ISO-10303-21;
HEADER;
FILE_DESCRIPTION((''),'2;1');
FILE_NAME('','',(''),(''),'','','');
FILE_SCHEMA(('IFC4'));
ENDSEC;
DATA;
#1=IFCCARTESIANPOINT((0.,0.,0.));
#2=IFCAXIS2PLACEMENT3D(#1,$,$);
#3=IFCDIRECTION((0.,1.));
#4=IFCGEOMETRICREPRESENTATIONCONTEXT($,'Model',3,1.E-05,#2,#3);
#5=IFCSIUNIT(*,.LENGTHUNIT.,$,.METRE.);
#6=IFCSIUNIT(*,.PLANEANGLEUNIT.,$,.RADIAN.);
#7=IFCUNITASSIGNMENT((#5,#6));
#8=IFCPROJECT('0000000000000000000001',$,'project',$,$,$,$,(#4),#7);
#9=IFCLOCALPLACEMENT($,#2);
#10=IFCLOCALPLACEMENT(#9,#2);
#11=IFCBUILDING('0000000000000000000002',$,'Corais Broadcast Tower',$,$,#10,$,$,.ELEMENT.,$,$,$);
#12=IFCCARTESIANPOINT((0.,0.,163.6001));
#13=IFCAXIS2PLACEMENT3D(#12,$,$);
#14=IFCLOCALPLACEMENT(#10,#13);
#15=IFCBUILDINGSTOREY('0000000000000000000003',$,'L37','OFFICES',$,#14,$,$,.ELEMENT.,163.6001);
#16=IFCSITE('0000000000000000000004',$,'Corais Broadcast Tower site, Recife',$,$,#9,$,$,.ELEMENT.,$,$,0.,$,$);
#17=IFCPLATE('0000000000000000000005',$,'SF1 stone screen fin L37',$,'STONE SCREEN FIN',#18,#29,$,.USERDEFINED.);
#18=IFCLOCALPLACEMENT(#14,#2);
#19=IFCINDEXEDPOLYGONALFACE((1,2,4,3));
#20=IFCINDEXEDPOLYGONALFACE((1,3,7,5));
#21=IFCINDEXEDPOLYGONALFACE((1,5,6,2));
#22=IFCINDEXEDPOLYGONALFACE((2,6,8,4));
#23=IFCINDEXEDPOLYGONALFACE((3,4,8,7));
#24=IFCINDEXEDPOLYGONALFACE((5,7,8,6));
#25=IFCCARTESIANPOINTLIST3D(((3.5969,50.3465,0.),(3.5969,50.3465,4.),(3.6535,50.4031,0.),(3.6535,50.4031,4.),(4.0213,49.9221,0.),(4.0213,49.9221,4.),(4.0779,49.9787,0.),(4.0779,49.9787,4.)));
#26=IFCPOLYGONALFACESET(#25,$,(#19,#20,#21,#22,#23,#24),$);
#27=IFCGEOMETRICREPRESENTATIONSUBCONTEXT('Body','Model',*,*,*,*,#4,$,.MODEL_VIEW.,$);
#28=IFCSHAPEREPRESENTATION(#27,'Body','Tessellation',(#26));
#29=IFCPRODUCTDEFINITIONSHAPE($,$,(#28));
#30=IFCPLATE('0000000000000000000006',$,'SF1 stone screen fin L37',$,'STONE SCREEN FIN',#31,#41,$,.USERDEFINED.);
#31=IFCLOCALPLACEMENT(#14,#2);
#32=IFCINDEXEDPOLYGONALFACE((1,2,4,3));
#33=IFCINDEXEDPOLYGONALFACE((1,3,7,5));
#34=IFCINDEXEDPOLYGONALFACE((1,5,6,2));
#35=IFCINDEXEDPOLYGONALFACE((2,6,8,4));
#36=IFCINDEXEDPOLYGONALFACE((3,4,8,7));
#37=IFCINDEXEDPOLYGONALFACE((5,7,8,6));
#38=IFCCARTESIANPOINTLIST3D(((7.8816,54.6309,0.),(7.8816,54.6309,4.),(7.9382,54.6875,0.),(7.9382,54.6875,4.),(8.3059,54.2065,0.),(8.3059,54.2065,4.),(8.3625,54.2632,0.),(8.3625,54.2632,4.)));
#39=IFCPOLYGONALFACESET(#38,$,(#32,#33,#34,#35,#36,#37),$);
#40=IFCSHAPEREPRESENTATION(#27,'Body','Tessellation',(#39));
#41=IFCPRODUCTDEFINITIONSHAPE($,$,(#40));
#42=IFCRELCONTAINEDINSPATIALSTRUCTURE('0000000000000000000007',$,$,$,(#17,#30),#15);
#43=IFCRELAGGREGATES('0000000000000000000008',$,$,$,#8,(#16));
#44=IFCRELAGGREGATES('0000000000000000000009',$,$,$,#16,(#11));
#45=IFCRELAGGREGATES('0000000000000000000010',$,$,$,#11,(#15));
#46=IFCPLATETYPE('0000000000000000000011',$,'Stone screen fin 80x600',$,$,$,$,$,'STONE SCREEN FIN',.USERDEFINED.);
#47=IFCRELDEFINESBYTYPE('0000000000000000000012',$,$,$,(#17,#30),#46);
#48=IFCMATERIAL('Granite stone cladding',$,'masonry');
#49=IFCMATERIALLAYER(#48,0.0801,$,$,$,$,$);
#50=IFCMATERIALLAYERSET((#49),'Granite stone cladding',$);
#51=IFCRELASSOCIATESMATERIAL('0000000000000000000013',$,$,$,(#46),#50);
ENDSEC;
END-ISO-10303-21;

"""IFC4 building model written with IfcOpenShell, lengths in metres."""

from ifc_helpers import new_model, si_unit, direction, frame, origin, origin_2d, place, context, subcontext, project, spatial, rectangle, extrude, material, layer, layer_set, type_object, element, save


model = new_model("IFC4")

# Units and contexts
model_context = context("Model", 3, precision=1e-05, world=origin(), true_north=direction((0.0, 1.0)))
body_context = subcontext(model_context, "Body", "Model", "MODEL_VIEW")
ifc_project = project(units=[si_unit("LENGTHUNIT", "METRE"), si_unit("PLANEANGLEUNIT", "RADIAN")], contexts=[model_context])

# Site, building, storey
site_placement = place(None, origin())
site = spatial("IfcSite", under=ifc_project, at=site_placement, Name="Corais Broadcast Tower site, Recife", CompositionType="ELEMENT", RefElevation=0.0)
building_placement = place(site_placement, origin())
building = spatial("IfcBuilding", under=site, at=building_placement, Name="Corais Broadcast Tower", CompositionType="ELEMENT")
storey_placement = place(building_placement, frame((0.0, 0.0, 163.6001)))
storey = spatial("IfcBuildingStorey", under=building, at=storey_placement, Name="L37", Description="OFFICES", CompositionType="ELEMENT", Elevation=163.6001)

# Plates
ifc_material_1 = material(Name="Granite stone cladding", Category="masonry")
ifc_layer_1 = layer(ifc_material_1, 0.0801)
ifc_layer_set_1 = layer_set([ifc_layer_1], Name="Granite stone cladding")
plate_type_1 = type_object("IfcPlateType", Name="Stone screen fin 80x600", ElementType="STONE SCREEN FIN", PredefinedType="USERDEFINED", material=ifc_layer_set_1)
for number, where, z_axis, x_axis, name in (
    (1, (3.8374, 50.1626, 0.0), (0.0, 0.0, 1.0), (0.707107, 0.707107, 0.0), "SF1 stone screen fin L37"),
    (2, (8.1221, 54.447, 0.0), (0.0, 0.0, 1.0), (0.707107, 0.707107, 0.0), "SF1 stone screen fin L37"),
):
    element("IfcPlate", number, at=place(storey_placement, frame(where, z_axis=z_axis, x_axis=x_axis)), inside=storey, type_object=plate_type_1, Name=name, ObjectType="STONE SCREEN FIN", PredefinedType="USERDEFINED", context=body_context, shape_type="SweptSolid", body=[
        extrude(rectangle(XDim=0.0801, YDim=0.6001, at=origin_2d()), origin(), (0.0, 0.0, 1.0), 4.0),
    ])

save(model, "model.ifc")
